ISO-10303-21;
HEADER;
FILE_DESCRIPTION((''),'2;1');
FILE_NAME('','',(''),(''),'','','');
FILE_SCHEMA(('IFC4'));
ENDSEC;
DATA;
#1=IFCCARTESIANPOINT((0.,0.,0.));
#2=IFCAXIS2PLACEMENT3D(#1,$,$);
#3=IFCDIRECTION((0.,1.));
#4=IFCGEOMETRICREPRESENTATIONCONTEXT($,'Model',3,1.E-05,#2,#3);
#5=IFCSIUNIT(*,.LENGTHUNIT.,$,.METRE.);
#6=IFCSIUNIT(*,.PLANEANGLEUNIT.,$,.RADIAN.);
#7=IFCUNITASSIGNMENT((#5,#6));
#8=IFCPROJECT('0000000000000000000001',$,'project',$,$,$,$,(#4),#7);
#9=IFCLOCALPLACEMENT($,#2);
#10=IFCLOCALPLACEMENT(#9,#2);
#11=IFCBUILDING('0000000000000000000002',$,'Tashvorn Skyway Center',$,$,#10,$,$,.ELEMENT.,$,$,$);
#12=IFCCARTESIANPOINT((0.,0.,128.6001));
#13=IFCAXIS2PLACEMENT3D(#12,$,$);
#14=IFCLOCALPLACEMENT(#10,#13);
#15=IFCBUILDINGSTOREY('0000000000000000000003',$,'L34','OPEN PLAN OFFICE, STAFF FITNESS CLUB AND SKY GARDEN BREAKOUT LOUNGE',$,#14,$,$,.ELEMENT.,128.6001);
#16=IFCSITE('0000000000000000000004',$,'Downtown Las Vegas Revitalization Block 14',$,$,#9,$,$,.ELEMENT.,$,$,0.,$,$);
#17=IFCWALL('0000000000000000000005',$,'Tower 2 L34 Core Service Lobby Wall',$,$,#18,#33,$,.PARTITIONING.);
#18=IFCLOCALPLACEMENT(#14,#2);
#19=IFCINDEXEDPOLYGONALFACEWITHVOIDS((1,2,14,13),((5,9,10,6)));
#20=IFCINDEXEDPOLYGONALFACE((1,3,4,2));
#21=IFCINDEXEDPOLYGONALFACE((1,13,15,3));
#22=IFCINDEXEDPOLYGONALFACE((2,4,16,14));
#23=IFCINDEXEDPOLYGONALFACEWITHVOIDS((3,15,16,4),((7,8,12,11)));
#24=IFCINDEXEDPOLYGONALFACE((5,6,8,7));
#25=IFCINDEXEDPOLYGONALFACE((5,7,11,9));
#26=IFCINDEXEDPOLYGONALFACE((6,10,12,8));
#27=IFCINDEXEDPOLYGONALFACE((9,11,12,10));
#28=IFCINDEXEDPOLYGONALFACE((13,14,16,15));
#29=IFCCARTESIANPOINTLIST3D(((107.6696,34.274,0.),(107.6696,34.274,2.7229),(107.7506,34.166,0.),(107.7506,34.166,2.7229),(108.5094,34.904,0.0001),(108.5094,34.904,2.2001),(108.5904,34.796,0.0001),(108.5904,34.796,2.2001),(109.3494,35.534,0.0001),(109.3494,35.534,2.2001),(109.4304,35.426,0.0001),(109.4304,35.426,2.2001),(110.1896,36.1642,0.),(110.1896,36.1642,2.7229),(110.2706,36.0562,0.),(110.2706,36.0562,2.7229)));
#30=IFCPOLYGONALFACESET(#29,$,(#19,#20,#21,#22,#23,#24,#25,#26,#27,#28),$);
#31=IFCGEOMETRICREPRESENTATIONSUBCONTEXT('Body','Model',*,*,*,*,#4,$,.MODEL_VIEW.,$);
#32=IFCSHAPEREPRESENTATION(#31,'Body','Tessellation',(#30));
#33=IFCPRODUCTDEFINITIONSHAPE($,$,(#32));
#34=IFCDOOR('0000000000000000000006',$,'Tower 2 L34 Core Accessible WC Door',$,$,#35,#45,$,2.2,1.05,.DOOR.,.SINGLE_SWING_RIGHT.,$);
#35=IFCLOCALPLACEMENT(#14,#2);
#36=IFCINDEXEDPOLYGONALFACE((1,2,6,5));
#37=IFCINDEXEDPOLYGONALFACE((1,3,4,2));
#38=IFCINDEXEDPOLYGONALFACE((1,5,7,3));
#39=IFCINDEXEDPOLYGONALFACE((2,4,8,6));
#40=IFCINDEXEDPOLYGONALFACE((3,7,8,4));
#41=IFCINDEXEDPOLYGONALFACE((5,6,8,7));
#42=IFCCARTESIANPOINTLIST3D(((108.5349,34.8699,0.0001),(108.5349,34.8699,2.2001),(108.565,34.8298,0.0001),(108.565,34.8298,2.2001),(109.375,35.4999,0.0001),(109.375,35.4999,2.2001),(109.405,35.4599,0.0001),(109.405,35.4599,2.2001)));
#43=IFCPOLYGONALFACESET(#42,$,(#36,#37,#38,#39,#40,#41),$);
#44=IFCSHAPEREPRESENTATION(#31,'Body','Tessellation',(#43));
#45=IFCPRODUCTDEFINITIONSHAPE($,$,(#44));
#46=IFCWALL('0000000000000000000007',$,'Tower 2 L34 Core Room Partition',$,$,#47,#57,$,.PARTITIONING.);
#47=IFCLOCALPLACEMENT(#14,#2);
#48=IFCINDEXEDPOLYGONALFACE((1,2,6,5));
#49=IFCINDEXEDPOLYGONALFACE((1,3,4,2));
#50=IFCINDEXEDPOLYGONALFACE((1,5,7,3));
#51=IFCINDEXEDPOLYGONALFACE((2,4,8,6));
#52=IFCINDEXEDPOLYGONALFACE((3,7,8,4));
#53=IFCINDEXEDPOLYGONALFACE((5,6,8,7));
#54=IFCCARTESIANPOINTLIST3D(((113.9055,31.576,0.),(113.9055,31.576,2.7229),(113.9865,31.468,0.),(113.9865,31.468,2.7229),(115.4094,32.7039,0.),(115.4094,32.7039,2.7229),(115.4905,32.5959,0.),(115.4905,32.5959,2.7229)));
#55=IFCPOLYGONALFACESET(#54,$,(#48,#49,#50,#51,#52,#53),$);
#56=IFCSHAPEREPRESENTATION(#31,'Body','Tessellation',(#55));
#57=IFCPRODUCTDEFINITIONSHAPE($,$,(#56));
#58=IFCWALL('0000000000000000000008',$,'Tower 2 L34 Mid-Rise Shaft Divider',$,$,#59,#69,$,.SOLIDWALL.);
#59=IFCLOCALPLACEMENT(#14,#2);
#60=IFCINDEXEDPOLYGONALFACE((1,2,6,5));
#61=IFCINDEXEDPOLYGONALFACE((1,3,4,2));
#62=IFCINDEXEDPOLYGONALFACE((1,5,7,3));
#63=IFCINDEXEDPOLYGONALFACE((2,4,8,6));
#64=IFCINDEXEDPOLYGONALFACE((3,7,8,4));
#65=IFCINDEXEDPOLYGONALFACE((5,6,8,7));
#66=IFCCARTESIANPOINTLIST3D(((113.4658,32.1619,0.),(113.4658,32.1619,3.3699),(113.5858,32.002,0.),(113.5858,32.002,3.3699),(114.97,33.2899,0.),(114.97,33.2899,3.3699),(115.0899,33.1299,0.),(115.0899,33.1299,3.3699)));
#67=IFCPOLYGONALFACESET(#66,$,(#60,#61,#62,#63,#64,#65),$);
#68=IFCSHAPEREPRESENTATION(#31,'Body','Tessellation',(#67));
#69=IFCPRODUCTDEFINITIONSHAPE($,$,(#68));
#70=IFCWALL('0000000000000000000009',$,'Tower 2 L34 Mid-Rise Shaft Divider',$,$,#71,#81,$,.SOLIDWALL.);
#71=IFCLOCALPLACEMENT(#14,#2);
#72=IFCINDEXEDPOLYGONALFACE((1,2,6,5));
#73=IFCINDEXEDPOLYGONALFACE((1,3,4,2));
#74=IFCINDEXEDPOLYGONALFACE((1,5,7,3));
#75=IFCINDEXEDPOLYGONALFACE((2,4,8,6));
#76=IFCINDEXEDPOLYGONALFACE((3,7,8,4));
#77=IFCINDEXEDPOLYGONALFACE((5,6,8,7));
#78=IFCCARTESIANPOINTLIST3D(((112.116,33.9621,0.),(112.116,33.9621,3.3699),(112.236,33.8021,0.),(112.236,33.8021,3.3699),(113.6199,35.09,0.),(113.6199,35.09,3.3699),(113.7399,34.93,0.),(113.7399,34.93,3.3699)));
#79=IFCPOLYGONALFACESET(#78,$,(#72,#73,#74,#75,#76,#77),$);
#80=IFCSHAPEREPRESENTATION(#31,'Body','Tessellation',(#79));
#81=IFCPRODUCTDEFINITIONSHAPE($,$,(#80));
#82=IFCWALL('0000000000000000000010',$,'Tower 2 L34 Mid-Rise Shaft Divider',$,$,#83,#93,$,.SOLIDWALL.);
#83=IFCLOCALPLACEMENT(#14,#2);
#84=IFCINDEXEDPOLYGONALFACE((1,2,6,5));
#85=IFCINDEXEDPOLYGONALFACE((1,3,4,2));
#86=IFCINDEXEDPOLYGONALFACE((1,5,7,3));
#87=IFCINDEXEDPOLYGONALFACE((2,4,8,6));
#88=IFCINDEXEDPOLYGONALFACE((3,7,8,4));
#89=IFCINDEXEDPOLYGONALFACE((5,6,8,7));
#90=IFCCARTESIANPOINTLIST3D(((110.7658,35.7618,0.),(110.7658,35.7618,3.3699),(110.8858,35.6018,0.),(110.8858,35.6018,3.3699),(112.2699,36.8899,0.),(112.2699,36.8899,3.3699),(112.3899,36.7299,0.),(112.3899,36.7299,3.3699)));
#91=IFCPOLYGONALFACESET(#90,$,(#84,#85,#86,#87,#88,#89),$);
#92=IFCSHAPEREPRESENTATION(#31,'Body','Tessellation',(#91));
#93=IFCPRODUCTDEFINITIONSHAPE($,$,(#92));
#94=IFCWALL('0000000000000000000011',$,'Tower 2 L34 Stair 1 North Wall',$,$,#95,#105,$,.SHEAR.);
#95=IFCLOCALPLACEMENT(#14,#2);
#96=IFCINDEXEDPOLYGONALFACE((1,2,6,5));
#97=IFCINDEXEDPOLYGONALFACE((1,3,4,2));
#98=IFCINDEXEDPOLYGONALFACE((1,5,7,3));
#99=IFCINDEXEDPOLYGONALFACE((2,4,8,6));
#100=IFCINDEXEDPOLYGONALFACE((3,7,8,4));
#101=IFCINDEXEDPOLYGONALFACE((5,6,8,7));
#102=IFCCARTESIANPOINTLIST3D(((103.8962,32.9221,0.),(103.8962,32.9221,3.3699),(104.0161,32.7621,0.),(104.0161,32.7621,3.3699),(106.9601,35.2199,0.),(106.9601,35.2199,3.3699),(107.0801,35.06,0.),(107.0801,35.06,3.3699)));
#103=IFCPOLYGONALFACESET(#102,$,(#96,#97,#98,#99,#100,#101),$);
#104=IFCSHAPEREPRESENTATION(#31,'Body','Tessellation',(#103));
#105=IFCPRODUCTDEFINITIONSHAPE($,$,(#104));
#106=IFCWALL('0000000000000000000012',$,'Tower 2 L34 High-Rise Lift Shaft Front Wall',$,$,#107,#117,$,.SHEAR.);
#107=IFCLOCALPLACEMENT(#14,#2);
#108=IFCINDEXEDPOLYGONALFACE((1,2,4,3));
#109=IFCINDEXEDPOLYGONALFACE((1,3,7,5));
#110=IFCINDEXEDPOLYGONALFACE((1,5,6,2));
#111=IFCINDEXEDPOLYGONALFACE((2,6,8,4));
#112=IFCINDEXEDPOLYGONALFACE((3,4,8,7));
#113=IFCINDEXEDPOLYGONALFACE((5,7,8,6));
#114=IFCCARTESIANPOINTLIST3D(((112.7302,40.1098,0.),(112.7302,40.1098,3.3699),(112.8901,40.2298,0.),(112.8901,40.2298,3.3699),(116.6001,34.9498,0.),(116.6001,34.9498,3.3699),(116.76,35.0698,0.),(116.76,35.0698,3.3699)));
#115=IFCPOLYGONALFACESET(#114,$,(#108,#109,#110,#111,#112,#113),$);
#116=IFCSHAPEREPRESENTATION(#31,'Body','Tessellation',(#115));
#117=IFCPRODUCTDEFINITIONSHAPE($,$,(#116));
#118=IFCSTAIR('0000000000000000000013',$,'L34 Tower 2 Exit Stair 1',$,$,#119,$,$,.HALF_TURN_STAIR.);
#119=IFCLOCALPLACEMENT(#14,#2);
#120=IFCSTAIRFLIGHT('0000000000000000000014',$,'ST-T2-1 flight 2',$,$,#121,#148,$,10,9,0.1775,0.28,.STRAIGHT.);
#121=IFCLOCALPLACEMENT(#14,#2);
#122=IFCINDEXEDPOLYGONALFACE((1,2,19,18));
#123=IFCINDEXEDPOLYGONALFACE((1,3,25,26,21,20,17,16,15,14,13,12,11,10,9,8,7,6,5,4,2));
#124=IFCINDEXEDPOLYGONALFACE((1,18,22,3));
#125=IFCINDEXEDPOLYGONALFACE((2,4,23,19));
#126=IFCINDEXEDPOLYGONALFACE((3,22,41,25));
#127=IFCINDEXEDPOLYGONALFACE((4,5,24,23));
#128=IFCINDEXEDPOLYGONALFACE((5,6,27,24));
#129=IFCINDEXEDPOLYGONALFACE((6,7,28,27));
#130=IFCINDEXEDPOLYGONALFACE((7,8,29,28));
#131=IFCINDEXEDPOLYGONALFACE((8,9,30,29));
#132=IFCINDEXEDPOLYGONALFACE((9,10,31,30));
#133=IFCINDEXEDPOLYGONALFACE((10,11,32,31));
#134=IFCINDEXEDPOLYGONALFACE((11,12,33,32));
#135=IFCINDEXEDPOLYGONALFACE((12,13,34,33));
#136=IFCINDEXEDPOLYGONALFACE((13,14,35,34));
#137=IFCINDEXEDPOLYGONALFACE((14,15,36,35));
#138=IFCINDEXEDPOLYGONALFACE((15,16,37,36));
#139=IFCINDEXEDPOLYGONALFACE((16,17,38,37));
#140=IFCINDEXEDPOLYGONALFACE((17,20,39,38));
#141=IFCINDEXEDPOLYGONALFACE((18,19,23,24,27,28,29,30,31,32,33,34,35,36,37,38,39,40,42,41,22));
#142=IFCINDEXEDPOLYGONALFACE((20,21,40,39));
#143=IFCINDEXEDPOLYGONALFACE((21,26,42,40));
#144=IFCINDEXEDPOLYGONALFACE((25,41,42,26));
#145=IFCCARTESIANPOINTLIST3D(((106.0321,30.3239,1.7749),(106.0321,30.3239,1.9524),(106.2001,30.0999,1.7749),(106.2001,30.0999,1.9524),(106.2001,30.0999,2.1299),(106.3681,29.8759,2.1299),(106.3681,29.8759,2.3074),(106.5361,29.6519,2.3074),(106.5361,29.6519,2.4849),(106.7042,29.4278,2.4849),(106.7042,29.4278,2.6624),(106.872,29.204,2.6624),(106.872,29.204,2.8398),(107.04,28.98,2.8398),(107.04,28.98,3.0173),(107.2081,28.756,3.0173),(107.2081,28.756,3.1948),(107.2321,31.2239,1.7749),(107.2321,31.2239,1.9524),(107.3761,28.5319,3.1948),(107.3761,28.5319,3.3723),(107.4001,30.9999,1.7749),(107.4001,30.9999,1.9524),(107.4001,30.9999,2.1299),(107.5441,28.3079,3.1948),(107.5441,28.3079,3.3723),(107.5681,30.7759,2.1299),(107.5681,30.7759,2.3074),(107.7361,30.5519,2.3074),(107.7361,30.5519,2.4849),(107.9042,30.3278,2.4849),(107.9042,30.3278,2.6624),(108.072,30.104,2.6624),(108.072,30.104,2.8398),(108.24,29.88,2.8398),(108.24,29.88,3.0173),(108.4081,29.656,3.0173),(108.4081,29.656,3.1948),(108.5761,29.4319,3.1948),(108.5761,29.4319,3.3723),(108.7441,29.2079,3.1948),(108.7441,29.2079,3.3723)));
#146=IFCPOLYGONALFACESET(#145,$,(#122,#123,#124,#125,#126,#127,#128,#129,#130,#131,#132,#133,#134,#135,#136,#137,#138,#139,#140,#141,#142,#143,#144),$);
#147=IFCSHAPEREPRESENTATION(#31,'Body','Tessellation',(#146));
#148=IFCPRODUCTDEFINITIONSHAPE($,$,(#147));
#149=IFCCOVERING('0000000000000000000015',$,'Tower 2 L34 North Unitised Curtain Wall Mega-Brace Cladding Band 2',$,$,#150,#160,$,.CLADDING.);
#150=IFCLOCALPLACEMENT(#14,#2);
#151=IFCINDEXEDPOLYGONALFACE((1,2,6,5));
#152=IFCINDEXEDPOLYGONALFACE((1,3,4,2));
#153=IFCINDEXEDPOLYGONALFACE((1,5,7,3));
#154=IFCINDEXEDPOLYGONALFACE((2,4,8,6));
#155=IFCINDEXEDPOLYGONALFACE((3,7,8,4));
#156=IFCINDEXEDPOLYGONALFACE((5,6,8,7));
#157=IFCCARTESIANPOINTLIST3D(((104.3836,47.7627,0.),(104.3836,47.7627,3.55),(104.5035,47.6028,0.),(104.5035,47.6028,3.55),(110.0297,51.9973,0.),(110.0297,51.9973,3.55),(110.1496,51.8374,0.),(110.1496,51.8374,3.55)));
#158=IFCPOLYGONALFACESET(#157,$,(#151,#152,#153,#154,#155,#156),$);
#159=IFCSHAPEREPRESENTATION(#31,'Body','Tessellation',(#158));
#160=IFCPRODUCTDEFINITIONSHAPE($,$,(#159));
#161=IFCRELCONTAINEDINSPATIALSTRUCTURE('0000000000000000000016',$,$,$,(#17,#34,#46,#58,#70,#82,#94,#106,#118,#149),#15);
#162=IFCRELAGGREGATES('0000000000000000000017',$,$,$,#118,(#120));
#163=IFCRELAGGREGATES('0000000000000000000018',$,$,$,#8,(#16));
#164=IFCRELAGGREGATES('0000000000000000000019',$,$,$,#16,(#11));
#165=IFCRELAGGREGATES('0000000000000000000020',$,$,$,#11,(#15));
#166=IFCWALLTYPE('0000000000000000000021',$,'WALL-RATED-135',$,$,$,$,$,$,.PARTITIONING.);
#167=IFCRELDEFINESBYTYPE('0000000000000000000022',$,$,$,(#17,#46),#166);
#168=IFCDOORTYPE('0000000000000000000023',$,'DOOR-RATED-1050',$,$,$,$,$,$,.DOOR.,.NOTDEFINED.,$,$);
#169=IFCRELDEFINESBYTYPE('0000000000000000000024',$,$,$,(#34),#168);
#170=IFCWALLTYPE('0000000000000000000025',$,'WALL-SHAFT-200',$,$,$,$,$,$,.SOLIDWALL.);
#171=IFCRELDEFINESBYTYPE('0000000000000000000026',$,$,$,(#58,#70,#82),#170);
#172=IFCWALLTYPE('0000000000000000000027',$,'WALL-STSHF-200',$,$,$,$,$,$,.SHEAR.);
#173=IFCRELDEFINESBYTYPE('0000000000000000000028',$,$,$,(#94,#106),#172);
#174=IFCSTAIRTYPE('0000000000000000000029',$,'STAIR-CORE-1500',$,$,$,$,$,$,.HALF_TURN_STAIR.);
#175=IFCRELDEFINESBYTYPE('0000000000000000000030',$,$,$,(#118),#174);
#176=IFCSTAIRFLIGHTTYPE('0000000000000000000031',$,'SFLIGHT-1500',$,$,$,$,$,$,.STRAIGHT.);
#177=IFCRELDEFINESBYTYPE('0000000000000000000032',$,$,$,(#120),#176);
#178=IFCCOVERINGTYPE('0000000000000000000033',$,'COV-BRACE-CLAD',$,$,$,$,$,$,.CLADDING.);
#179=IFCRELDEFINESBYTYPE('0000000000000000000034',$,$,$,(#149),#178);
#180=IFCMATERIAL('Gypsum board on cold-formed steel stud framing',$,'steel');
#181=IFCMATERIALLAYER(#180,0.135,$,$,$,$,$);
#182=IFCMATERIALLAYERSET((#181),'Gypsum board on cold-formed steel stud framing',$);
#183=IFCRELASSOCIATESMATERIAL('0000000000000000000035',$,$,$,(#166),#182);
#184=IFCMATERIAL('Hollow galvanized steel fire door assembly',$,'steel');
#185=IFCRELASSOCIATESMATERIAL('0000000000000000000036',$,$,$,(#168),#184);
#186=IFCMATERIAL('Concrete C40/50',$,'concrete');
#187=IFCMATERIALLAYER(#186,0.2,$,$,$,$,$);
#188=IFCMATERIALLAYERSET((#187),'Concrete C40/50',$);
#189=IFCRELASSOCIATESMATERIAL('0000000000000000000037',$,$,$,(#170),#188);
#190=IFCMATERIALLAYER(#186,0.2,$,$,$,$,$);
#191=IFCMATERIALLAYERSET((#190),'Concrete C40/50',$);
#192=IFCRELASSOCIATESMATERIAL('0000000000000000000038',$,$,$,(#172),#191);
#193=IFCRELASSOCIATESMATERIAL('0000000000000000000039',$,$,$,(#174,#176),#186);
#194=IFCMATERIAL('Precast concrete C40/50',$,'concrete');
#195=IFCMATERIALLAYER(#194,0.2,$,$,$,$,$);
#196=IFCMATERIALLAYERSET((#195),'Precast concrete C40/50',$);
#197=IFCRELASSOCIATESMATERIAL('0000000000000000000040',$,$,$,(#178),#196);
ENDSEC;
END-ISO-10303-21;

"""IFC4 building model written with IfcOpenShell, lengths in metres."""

from ifc_helpers import new_model, si_unit, direction, frame, frame_2d, origin, origin_2d, place, context, subcontext, project, spatial, polyline, rectangle, outline, extrude, material, layer, layer_set, type_object, element, fill, aggregate, save


model = new_model("IFC4")

# Units and contexts
model_context = context("Model", 3, precision=1e-05, world=origin(), true_north=direction((0.0, 1.0)))
body_context = subcontext(model_context, "Body", "Model", "MODEL_VIEW")
ifc_project = project(units=[si_unit("LENGTHUNIT", "METRE"), si_unit("PLANEANGLEUNIT", "RADIAN")], contexts=[model_context])

# Site, building, storey
site_placement = place(None, origin())
site = spatial("IfcSite", under=ifc_project, at=site_placement, Name="Downtown Las Vegas Revitalization Block 14", CompositionType="ELEMENT", RefElevation=0.0)
building_placement = place(site_placement, origin())
building = spatial("IfcBuilding", under=site, at=building_placement, Name="Tashvorn Skyway Center", CompositionType="ELEMENT")
storey_placement = place(building_placement, frame((0.0, 0.0, 128.6001)))
storey = spatial("IfcBuildingStorey", under=building, at=storey_placement, Name="L34", Description="OPEN PLAN OFFICE, STAFF FITNESS CLUB AND SKY GARDEN BREAKOUT LOUNGE", CompositionType="ELEMENT", Elevation=128.6001)

# Shared definitions
ifc_material_1 = material(Name="Concrete C40/50", Category="concrete")
ifc_material_2 = material(Name="Hollow galvanized steel fire door assembly", Category="steel")

# Shared definitions
ifc_material_3 = material(Name="Gypsum board on cold-formed steel stud framing", Category="steel")

# Wall, opening, door
ifc_layer_1 = layer(ifc_material_3, 0.135)
ifc_layer_set_1 = layer_set([ifc_layer_1], Name="Gypsum board on cold-formed steel stud framing")
wall_type_1 = type_object("IfcWallType", Name="WALL-RATED-135", PredefinedType="PARTITIONING", material=ifc_layer_set_1)
wall_1_placement = place(storey_placement, frame((107.71, 34.22, 0.0), z_axis=(0.0, 0.0, 1.0), x_axis=(0.799981, 0.600025, 0.0)))
wall_1 = element("IfcWall", 1, at=wall_1_placement, inside=storey, type_object=wall_type_1, Name="Tower 2 L34 Core Service Lobby Wall", PredefinedType="PARTITIONING", context=body_context, shape_type="SweptSolid", body=[
    extrude(rectangle(XDim=3.1501, YDim=0.135, at=frame_2d((1.5752, 0.0))), origin(), (0.0, 0.0, 1.0), 2.7229),
])
opening_1_placement = place(wall_1_placement, frame((1.05, 0.0, 0.0)))
opening_1 = element("IfcOpeningElement", 2, at=opening_1_placement, cuts=wall_1, PredefinedType="OPENING", context=body_context, shape_type="SweptSolid", body=[
    extrude(rectangle(XDim=1.05, YDim=2.2, at=frame_2d((0.5249, 1.1001))), frame((0.0, 0.0774, 0.0), z_axis=(0.0, -1.0, 0.0), x_axis=(1.0, 0.0, 0.0)), (0.0, 0.0, 1.0), 0.155),
])
door_type_1 = type_object("IfcDoorType", Name="DOOR-RATED-1050", OperationType="NOTDEFINED", PredefinedType="DOOR", material=ifc_material_2)
door_1_placement = place(opening_1_placement, origin())
door_1 = element("IfcDoor", 3, at=door_1_placement, inside=storey, type_object=door_type_1, Name="Tower 2 L34 Core Accessible WC Door", OperationType="SINGLE_SWING_RIGHT", OverallHeight=2.2, OverallWidth=1.05, PredefinedType="DOOR", context=body_context, shape_type="SweptSolid", body=[
    extrude(rectangle(XDim=1.05, YDim=2.2, at=frame_2d((0.5249, 1.1001))), frame((0.0, 0.0249, 0.0), z_axis=(0.0, -1.0, 0.0), x_axis=(1.0, 0.0, 0.0)), (0.0, 0.0, 1.0), 0.05),
])
fill(opening_1, door_1)

# Walls
wall_2_placement = place(storey_placement, frame((113.946, 31.522, 0.0), z_axis=(0.0, 0.0, 1.0), x_axis=(0.8, 0.6, 0.0)))
element("IfcWall", 4, at=wall_2_placement, inside=storey, type_object=wall_type_1, Name="Tower 2 L34 Core Room Partition", PredefinedType="PARTITIONING", context=body_context, shape_type="SweptSolid", body=[
    extrude(rectangle(XDim=1.8799, YDim=0.135, at=frame_2d((0.9399, 0.0))), origin(), (0.0, 0.0, 1.0), 2.7229),
])
ifc_layer_2 = layer(ifc_material_1, 0.2)
ifc_layer_set_2 = layer_set([ifc_layer_2], Name="Concrete C40/50")
wall_type_2 = type_object("IfcWallType", Name="WALL-SHAFT-200", PredefinedType="SOLIDWALL", material=ifc_layer_set_2)
wall_3_placement = place(storey_placement, frame((113.5259, 32.082, 0.0), z_axis=(0.0, 0.0, 1.0), x_axis=(0.800047, 0.599938, 0.0)))
element("IfcWall", 5, at=wall_3_placement, inside=storey, type_object=wall_type_2, Name="Tower 2 L34 Mid-Rise Shaft Divider", PredefinedType="SOLIDWALL", context=body_context, shape_type="SweptSolid", body=[
    extrude(rectangle(XDim=1.8801, YDim=0.2, at=frame_2d((0.9399, 0.0))), origin(), (0.0, 0.0, 1.0), 3.3699),
])
wall_4_placement = place(storey_placement, frame((112.176, 33.8821, 0.0), z_axis=(0.0, 0.0, 1.0), x_axis=(0.8, 0.6, 0.0)))
element("IfcWall", 6, at=wall_4_placement, inside=storey, type_object=wall_type_2, Name="Tower 2 L34 Mid-Rise Shaft Divider", PredefinedType="SOLIDWALL", context=body_context, shape_type="SweptSolid", body=[
    extrude(rectangle(XDim=1.8799, YDim=0.2, at=frame_2d((0.9399, 0.0))), origin(), (0.0, 0.0, 1.0), 3.3699),
])
wall_5_placement = place(storey_placement, frame((110.8259, 35.6819, 0.0), z_axis=(0.0, 0.0, 1.0), x_axis=(0.799984, 0.600021, 0.0)))
element("IfcWall", 7, at=wall_5_placement, inside=storey, type_object=wall_type_2, Name="Tower 2 L34 Mid-Rise Shaft Divider", PredefinedType="SOLIDWALL", context=body_context, shape_type="SweptSolid", body=[
    extrude(rectangle(XDim=1.8801, YDim=0.2, at=frame_2d((0.9399, 0.0))), origin(), (0.0, 0.0, 1.0), 3.3699),
])
ifc_layer_3 = layer(ifc_material_1, 0.2)
ifc_layer_set_3 = layer_set([ifc_layer_3], Name="Concrete C40/50")
wall_type_3 = type_object("IfcWallType", Name="WALL-STSHF-200", PredefinedType="SHEAR", material=ifc_layer_set_3)
wall_6_placement = place(storey_placement, frame((103.9561, 32.842, 0.0), z_axis=(0.0, 0.0, 1.0), x_axis=(0.800015, 0.59998, 0.0)))
element("IfcWall", 8, at=wall_6_placement, inside=storey, type_object=wall_type_3, Name="Tower 2 L34 Stair 1 North Wall", PredefinedType="SHEAR", context=body_context, shape_type="SweptSolid", body=[
    extrude(rectangle(XDim=3.8298, YDim=0.2, at=frame_2d((1.915, 0.0))), origin(), (0.0, 0.0, 1.0), 3.3699),
])
wall_7_placement = place(storey_placement, frame((112.8101, 40.1699, 0.0), z_axis=(0.0, 0.0, 1.0), x_axis=(0.599994, -0.800005, 0.0)))
element("IfcWall", 9, at=wall_7_placement, inside=storey, type_object=wall_type_3, Name="Tower 2 L34 High-Rise Lift Shaft Front Wall", PredefinedType="SHEAR", context=body_context, shape_type="SweptSolid", body=[
    extrude(rectangle(XDim=6.45, YDim=0.2, at=frame_2d((3.2251, 0.0))), origin(), (0.0, 0.0, 1.0), 3.3699),
])

# Stair, stair flight
stair_type = type_object("IfcStairType", Name="STAIR-CORE-1500", PredefinedType="HALF_TURN_STAIR", material=ifc_material_1)
stair_placement = place(storey_placement, origin())
stair = element("IfcStair", 10, at=stair_placement, inside=storey, type_object=stair_type, Name="L34 Tower 2 Exit Stair 1", PredefinedType="HALF_TURN_STAIR")
stair_flight_type = type_object("IfcStairFlightType", Name="SFLIGHT-1500", PredefinedType="STRAIGHT", material=ifc_material_1)
stair_flight_placement = place(storey_placement, frame((106.6321, 30.7739, 1.7749), z_axis=(0.0, 0.0, 1.0), x_axis=(0.6, -0.8, 0.0)))
stair_flight = element("IfcStairFlight", 11, at=stair_flight_placement, type_object=stair_flight_type, Name="ST-T2-1 flight 2", NumberOfRisers=10, NumberOfTreads=9, PredefinedType="STRAIGHT", RiserHeight=0.1775, TreadLength=0.28, context=body_context, shape_type="SweptSolid", body=[
    extrude(outline(polyline([(0.0, 0.0), (0.0, 0.1775), (0.28, 0.1775), (0.28, 0.355), (0.5601, 0.355), (0.5601, 0.5325), (0.8401, 0.5325), (0.8401, 0.71), (1.1201, 0.71), (1.1201, 0.8875), (1.3999, 0.8875), (1.3999, 1.0649), (1.6799, 1.0649), (1.6799, 1.2424), (1.96, 1.2424), (1.96, 1.4199), (2.24, 1.4199), (2.24, 1.5974), (2.52, 1.5974), (2.52, 1.7749), (2.52, 1.4199), (0.28, 0.0), (0.0, 0.0)])), frame((0.0, 0.75, 0.0), z_axis=(0.0, -1.0, 0.0), x_axis=(1.0, 0.0, 0.0)), (0.0, 0.0, 1.0), 1.5),
])
aggregate(stair, [stair_flight])

# Covering
ifc_material_4 = material(Name="Precast concrete C40/50", Category="concrete")
ifc_layer_4 = layer(ifc_material_4, 0.2)
ifc_layer_set_4 = layer_set([ifc_layer_4], Name="Precast concrete C40/50")
covering_type = type_object("IfcCoveringType", Name="COV-BRACE-CLAD", PredefinedType="CLADDING", material=ifc_layer_set_4)
covering_placement = place(storey_placement, frame((107.2666, 49.8, 0.0), z_axis=(0.0, 0.0, 1.0), x_axis=(0.8, 0.6, 0.0)))
element("IfcCovering", 12, at=covering_placement, inside=storey, type_object=covering_type, Name="Tower 2 L34 North Unitised Curtain Wall Mega-Brace Cladding Band 2", PredefinedType="CLADDING", context=body_context, shape_type="SweptSolid", body=[
    extrude(rectangle(XDim=7.0576, YDim=0.2, at=origin_2d()), origin(), (0.0, 0.0, 1.0), 3.55),
])

save(model, "model.ifc")
